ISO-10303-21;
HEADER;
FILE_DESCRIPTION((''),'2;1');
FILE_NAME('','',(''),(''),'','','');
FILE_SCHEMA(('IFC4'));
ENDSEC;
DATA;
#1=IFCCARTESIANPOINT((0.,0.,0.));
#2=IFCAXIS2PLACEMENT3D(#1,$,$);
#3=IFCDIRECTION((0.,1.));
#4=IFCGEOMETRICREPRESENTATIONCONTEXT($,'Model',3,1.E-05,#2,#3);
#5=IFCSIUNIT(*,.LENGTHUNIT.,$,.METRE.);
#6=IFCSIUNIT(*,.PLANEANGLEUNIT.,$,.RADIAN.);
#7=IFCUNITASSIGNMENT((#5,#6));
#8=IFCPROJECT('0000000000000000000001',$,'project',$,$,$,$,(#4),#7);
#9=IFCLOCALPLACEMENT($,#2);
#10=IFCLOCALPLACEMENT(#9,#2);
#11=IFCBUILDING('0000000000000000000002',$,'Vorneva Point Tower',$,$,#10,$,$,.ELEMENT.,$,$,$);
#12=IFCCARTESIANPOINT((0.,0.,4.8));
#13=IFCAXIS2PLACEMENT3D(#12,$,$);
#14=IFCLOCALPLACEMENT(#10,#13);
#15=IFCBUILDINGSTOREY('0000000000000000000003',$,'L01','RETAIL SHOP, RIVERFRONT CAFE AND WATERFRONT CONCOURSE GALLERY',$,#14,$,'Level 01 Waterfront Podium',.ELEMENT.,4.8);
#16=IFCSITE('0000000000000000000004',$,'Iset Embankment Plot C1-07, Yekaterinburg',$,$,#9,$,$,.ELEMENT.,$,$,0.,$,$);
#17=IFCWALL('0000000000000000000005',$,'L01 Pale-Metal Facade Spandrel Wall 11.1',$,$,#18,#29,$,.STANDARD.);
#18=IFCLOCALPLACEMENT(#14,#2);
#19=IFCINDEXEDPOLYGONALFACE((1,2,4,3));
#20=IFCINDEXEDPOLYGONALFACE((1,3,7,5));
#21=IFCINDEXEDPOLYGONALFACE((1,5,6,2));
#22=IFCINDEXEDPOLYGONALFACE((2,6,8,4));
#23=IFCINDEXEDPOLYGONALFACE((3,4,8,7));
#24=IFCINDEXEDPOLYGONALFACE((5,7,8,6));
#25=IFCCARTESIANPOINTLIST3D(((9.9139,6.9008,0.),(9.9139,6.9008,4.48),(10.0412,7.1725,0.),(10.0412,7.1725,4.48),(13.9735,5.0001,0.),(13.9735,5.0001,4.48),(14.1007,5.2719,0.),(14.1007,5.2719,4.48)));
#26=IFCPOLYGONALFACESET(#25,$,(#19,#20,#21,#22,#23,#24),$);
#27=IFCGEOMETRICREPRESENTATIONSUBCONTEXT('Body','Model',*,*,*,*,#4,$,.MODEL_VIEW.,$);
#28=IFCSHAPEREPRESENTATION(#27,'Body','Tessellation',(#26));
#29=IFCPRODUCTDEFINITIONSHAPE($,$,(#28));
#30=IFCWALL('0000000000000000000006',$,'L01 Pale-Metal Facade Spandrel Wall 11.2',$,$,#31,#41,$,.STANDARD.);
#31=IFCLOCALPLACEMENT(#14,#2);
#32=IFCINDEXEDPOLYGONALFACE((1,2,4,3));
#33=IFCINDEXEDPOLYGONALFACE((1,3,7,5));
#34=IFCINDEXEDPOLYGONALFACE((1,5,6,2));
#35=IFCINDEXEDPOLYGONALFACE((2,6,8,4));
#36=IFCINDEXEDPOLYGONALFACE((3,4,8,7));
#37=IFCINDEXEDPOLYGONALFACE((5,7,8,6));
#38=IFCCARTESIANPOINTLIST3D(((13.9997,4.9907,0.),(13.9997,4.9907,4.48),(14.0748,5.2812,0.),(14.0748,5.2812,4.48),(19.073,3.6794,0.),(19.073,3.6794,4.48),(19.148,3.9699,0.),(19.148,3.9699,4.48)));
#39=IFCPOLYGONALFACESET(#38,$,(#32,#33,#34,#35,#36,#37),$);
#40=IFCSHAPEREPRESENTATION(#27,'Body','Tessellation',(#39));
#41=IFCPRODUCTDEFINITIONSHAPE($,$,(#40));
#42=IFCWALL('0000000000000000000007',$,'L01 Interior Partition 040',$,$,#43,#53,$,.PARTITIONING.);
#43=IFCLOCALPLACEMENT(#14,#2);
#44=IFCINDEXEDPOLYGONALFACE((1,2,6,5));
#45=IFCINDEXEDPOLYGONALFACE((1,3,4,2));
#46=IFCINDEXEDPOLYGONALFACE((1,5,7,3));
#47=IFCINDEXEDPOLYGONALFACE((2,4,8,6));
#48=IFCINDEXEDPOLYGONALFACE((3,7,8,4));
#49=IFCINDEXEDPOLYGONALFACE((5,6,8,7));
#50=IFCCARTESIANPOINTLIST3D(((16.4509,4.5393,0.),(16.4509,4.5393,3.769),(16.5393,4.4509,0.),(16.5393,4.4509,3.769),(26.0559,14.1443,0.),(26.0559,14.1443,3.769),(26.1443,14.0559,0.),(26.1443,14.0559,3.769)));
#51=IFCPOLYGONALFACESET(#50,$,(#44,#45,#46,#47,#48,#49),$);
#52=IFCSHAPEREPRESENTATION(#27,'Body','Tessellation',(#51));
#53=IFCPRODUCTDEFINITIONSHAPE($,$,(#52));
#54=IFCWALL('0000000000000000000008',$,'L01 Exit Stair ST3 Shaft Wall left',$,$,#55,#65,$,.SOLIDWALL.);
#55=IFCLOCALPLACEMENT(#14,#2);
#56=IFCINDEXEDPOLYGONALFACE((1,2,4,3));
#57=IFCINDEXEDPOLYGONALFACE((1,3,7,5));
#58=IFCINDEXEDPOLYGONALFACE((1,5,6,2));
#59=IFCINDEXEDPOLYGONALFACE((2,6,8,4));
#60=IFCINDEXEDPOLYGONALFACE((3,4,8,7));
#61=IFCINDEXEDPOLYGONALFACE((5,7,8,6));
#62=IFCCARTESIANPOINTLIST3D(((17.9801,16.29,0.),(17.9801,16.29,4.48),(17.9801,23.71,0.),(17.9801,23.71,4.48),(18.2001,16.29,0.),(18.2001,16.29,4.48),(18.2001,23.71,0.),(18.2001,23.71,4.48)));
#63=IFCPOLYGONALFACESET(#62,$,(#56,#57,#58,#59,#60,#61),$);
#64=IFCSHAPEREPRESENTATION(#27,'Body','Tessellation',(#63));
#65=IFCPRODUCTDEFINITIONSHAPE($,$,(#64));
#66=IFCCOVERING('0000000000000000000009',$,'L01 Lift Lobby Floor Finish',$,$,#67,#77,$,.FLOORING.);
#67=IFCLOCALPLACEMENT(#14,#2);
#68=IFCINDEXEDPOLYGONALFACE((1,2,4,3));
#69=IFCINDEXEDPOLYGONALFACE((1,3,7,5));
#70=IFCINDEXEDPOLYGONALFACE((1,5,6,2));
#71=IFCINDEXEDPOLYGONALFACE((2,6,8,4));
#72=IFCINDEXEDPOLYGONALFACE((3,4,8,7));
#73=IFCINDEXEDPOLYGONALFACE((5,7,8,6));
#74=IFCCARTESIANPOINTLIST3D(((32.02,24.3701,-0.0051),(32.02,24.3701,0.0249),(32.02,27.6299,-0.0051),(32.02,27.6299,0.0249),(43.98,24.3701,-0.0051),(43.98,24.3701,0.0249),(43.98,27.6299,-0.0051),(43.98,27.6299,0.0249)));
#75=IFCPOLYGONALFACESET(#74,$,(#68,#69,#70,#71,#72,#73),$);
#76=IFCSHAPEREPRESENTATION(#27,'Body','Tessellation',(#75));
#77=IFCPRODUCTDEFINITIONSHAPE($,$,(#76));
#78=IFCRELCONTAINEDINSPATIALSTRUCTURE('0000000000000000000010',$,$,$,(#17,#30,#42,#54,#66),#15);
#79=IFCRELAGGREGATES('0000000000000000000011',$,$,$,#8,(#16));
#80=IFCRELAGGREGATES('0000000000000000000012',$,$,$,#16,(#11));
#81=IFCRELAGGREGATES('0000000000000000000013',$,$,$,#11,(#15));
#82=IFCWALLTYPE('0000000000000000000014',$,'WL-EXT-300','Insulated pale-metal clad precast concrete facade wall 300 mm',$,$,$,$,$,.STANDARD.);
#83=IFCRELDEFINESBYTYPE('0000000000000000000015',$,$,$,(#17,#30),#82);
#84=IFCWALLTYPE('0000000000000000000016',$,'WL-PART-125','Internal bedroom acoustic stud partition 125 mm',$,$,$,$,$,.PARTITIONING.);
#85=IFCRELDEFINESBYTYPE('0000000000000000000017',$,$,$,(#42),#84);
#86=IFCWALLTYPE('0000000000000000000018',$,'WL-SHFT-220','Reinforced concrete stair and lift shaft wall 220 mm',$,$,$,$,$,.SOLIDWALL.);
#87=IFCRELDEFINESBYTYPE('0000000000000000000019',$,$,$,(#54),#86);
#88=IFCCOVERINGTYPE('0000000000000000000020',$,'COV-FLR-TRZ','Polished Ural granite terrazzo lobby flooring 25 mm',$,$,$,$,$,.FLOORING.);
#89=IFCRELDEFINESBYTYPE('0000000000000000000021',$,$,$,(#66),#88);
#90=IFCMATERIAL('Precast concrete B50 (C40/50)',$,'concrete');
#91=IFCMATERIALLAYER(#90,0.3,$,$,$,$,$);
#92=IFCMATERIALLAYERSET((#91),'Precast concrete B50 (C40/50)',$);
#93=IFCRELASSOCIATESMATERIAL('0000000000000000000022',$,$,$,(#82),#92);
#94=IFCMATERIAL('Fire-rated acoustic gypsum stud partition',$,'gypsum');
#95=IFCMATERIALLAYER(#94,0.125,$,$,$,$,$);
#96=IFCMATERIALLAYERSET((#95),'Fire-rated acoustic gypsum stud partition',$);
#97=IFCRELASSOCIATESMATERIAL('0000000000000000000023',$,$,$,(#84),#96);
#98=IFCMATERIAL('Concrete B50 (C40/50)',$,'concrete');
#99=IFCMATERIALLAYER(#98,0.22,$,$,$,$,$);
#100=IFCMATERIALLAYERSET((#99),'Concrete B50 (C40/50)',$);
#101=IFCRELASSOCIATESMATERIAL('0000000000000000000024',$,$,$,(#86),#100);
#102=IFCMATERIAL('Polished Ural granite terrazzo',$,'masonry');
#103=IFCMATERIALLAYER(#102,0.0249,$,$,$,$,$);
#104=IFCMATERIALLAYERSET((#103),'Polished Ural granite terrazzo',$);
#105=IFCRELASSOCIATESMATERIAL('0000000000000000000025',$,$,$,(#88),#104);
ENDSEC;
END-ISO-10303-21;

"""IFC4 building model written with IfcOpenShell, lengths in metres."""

from ifc_helpers import new_model, si_unit, direction, frame, frame_2d, origin, place, context, subcontext, project, spatial, polyline, rectangle, outline, extrude, material, layer, layer_set, type_object, element, save


model = new_model("IFC4")

# Units and contexts
model_context = context("Model", 3, precision=1e-05, world=origin(), true_north=direction((0.0, 1.0)))
body_context = subcontext(model_context, "Body", "Model", "MODEL_VIEW")
ifc_project = project(units=[si_unit("LENGTHUNIT", "METRE"), si_unit("PLANEANGLEUNIT", "RADIAN")], contexts=[model_context])

# Site, building, storey
site_placement = place(None, origin())
site = spatial("IfcSite", under=ifc_project, at=site_placement, Name="Iset Embankment Plot C1-07, Yekaterinburg", CompositionType="ELEMENT", RefElevation=0.0)
building_placement = place(site_placement, origin())
building = spatial("IfcBuilding", under=site, at=building_placement, Name="Vorneva Point Tower", CompositionType="ELEMENT")
storey_placement = place(building_placement, frame((0.0, 0.0, 4.8)))
storey = spatial("IfcBuildingStorey", under=building, at=storey_placement, Name="L01", Description="RETAIL SHOP, RIVERFRONT CAFE AND WATERFRONT CONCOURSE GALLERY", LongName="Level 01 Waterfront Podium", CompositionType="ELEMENT", Elevation=4.8)

# Shared definitions
ifc_material_1 = material(Name="Concrete B50 (C40/50)", Category="concrete")

# Walls
ifc_material_2 = material(Name="Precast concrete B50 (C40/50)", Category="concrete")
ifc_layer_1 = layer(ifc_material_2, 0.3)
ifc_layer_set_1 = layer_set([ifc_layer_1], Name="Precast concrete B50 (C40/50)")
wall_type_1 = type_object("IfcWallType", Name="WL-EXT-300", Description="Insulated pale-metal clad precast concrete facade wall 300 mm", PredefinedType="STANDARD", material=ifc_layer_set_1)
wall_1_placement = place(storey_placement, frame((9.9775, 7.0366, 0.0), z_axis=(0.0, 0.0, 1.0), x_axis=(0.905655, -0.424015, 0.0)))
element("IfcWall", 1, at=wall_1_placement, inside=storey, type_object=wall_type_1, Name="L01 Pale-Metal Facade Spandrel Wall 11.1", PredefinedType="STANDARD", context=body_context, shape_type="SweptSolid", body=[
    extrude(rectangle(XDim=4.4824, YDim=0.3, at=frame_2d((2.2412, 0.0))), origin(), (0.0, 0.0, 1.0), 4.48),
])
wall_2_placement = place(storey_placement, frame((14.0371, 5.136, 0.0), z_axis=(0.0, 0.0, 1.0), x_axis=(0.968182, -0.250246, 0.0)))
element("IfcWall", 2, at=wall_2_placement, inside=storey, type_object=wall_type_1, Name="L01 Pale-Metal Facade Spandrel Wall 11.2", PredefinedType="STANDARD", context=body_context, shape_type="SweptSolid", body=[
    extrude(rectangle(XDim=5.24, YDim=0.3, at=frame_2d((2.6201, 0.0))), origin(), (0.0, 0.0, 1.0), 4.48),
])
ifc_material_3 = material(Name="Fire-rated acoustic gypsum stud partition", Category="gypsum")
ifc_layer_2 = layer(ifc_material_3, 0.125)
ifc_layer_set_2 = layer_set([ifc_layer_2], Name="Fire-rated acoustic gypsum stud partition")
wall_type_2 = type_object("IfcWallType", Name="WL-PART-125", Description="Internal bedroom acoustic stud partition 125 mm", PredefinedType="PARTITIONING", material=ifc_layer_set_2)
wall_3_placement = place(storey_placement, frame((16.4951, 4.4951, 0.0), z_axis=(0.0, 0.0, 1.0), x_axis=(0.707107, 0.707107, 0.0)))
element("IfcWall", 3, at=wall_3_placement, inside=storey, type_object=wall_type_2, Name="L01 Interior Partition 040", PredefinedType="PARTITIONING", context=body_context, shape_type="SweptSolid", body=[
    extrude(rectangle(XDim=13.5835, YDim=0.125, at=frame_2d((6.7917, 0.0))), origin(), (0.0, 0.0, 1.0), 3.769),
])
ifc_layer_3 = layer(ifc_material_1, 0.22)
ifc_layer_set_3 = layer_set([ifc_layer_3], Name="Concrete B50 (C40/50)")
wall_type_3 = type_object("IfcWallType", Name="WL-SHFT-220", Description="Reinforced concrete stair and lift shaft wall 220 mm", PredefinedType="SOLIDWALL", material=ifc_layer_set_3)
wall_4_placement = place(storey_placement, frame((18.0901, 16.29, 0.0), z_axis=(0.0, 0.0, 1.0), x_axis=(0.0, 1.0, 0.0)))
element("IfcWall", 4, at=wall_4_placement, inside=storey, type_object=wall_type_3, Name="L01 Exit Stair ST3 Shaft Wall left", PredefinedType="SOLIDWALL", context=body_context, shape_type="SweptSolid", body=[
    extrude(rectangle(XDim=7.4199, YDim=0.22, at=frame_2d((3.71, 0.0))), origin(), (0.0, 0.0, 1.0), 4.48),
])

# Covering
ifc_material_4 = material(Name="Polished Ural granite terrazzo", Category="masonry")
ifc_layer_4 = layer(ifc_material_4, 0.0249)
ifc_layer_set_4 = layer_set([ifc_layer_4], Name="Polished Ural granite terrazzo")
covering_type = type_object("IfcCoveringType", Name="COV-FLR-TRZ", Description="Polished Ural granite terrazzo lobby flooring 25 mm", PredefinedType="FLOORING", material=ifc_layer_set_4)
covering_placement = place(storey_placement, frame((0.0, 0.0, -0.0051)))
element("IfcCovering", 5, at=covering_placement, inside=storey, type_object=covering_type, Name="L01 Lift Lobby Floor Finish", PredefinedType="FLOORING", context=body_context, shape_type="SweptSolid", body=[
    extrude(outline(polyline([(32.02, 24.3701), (43.98, 24.3701), (43.98, 27.6299), (32.02, 27.6299), (32.02, 24.3701)])), origin(), (0.0, 0.0, 1.0), 0.03),
])

save(model, "model.ifc")
